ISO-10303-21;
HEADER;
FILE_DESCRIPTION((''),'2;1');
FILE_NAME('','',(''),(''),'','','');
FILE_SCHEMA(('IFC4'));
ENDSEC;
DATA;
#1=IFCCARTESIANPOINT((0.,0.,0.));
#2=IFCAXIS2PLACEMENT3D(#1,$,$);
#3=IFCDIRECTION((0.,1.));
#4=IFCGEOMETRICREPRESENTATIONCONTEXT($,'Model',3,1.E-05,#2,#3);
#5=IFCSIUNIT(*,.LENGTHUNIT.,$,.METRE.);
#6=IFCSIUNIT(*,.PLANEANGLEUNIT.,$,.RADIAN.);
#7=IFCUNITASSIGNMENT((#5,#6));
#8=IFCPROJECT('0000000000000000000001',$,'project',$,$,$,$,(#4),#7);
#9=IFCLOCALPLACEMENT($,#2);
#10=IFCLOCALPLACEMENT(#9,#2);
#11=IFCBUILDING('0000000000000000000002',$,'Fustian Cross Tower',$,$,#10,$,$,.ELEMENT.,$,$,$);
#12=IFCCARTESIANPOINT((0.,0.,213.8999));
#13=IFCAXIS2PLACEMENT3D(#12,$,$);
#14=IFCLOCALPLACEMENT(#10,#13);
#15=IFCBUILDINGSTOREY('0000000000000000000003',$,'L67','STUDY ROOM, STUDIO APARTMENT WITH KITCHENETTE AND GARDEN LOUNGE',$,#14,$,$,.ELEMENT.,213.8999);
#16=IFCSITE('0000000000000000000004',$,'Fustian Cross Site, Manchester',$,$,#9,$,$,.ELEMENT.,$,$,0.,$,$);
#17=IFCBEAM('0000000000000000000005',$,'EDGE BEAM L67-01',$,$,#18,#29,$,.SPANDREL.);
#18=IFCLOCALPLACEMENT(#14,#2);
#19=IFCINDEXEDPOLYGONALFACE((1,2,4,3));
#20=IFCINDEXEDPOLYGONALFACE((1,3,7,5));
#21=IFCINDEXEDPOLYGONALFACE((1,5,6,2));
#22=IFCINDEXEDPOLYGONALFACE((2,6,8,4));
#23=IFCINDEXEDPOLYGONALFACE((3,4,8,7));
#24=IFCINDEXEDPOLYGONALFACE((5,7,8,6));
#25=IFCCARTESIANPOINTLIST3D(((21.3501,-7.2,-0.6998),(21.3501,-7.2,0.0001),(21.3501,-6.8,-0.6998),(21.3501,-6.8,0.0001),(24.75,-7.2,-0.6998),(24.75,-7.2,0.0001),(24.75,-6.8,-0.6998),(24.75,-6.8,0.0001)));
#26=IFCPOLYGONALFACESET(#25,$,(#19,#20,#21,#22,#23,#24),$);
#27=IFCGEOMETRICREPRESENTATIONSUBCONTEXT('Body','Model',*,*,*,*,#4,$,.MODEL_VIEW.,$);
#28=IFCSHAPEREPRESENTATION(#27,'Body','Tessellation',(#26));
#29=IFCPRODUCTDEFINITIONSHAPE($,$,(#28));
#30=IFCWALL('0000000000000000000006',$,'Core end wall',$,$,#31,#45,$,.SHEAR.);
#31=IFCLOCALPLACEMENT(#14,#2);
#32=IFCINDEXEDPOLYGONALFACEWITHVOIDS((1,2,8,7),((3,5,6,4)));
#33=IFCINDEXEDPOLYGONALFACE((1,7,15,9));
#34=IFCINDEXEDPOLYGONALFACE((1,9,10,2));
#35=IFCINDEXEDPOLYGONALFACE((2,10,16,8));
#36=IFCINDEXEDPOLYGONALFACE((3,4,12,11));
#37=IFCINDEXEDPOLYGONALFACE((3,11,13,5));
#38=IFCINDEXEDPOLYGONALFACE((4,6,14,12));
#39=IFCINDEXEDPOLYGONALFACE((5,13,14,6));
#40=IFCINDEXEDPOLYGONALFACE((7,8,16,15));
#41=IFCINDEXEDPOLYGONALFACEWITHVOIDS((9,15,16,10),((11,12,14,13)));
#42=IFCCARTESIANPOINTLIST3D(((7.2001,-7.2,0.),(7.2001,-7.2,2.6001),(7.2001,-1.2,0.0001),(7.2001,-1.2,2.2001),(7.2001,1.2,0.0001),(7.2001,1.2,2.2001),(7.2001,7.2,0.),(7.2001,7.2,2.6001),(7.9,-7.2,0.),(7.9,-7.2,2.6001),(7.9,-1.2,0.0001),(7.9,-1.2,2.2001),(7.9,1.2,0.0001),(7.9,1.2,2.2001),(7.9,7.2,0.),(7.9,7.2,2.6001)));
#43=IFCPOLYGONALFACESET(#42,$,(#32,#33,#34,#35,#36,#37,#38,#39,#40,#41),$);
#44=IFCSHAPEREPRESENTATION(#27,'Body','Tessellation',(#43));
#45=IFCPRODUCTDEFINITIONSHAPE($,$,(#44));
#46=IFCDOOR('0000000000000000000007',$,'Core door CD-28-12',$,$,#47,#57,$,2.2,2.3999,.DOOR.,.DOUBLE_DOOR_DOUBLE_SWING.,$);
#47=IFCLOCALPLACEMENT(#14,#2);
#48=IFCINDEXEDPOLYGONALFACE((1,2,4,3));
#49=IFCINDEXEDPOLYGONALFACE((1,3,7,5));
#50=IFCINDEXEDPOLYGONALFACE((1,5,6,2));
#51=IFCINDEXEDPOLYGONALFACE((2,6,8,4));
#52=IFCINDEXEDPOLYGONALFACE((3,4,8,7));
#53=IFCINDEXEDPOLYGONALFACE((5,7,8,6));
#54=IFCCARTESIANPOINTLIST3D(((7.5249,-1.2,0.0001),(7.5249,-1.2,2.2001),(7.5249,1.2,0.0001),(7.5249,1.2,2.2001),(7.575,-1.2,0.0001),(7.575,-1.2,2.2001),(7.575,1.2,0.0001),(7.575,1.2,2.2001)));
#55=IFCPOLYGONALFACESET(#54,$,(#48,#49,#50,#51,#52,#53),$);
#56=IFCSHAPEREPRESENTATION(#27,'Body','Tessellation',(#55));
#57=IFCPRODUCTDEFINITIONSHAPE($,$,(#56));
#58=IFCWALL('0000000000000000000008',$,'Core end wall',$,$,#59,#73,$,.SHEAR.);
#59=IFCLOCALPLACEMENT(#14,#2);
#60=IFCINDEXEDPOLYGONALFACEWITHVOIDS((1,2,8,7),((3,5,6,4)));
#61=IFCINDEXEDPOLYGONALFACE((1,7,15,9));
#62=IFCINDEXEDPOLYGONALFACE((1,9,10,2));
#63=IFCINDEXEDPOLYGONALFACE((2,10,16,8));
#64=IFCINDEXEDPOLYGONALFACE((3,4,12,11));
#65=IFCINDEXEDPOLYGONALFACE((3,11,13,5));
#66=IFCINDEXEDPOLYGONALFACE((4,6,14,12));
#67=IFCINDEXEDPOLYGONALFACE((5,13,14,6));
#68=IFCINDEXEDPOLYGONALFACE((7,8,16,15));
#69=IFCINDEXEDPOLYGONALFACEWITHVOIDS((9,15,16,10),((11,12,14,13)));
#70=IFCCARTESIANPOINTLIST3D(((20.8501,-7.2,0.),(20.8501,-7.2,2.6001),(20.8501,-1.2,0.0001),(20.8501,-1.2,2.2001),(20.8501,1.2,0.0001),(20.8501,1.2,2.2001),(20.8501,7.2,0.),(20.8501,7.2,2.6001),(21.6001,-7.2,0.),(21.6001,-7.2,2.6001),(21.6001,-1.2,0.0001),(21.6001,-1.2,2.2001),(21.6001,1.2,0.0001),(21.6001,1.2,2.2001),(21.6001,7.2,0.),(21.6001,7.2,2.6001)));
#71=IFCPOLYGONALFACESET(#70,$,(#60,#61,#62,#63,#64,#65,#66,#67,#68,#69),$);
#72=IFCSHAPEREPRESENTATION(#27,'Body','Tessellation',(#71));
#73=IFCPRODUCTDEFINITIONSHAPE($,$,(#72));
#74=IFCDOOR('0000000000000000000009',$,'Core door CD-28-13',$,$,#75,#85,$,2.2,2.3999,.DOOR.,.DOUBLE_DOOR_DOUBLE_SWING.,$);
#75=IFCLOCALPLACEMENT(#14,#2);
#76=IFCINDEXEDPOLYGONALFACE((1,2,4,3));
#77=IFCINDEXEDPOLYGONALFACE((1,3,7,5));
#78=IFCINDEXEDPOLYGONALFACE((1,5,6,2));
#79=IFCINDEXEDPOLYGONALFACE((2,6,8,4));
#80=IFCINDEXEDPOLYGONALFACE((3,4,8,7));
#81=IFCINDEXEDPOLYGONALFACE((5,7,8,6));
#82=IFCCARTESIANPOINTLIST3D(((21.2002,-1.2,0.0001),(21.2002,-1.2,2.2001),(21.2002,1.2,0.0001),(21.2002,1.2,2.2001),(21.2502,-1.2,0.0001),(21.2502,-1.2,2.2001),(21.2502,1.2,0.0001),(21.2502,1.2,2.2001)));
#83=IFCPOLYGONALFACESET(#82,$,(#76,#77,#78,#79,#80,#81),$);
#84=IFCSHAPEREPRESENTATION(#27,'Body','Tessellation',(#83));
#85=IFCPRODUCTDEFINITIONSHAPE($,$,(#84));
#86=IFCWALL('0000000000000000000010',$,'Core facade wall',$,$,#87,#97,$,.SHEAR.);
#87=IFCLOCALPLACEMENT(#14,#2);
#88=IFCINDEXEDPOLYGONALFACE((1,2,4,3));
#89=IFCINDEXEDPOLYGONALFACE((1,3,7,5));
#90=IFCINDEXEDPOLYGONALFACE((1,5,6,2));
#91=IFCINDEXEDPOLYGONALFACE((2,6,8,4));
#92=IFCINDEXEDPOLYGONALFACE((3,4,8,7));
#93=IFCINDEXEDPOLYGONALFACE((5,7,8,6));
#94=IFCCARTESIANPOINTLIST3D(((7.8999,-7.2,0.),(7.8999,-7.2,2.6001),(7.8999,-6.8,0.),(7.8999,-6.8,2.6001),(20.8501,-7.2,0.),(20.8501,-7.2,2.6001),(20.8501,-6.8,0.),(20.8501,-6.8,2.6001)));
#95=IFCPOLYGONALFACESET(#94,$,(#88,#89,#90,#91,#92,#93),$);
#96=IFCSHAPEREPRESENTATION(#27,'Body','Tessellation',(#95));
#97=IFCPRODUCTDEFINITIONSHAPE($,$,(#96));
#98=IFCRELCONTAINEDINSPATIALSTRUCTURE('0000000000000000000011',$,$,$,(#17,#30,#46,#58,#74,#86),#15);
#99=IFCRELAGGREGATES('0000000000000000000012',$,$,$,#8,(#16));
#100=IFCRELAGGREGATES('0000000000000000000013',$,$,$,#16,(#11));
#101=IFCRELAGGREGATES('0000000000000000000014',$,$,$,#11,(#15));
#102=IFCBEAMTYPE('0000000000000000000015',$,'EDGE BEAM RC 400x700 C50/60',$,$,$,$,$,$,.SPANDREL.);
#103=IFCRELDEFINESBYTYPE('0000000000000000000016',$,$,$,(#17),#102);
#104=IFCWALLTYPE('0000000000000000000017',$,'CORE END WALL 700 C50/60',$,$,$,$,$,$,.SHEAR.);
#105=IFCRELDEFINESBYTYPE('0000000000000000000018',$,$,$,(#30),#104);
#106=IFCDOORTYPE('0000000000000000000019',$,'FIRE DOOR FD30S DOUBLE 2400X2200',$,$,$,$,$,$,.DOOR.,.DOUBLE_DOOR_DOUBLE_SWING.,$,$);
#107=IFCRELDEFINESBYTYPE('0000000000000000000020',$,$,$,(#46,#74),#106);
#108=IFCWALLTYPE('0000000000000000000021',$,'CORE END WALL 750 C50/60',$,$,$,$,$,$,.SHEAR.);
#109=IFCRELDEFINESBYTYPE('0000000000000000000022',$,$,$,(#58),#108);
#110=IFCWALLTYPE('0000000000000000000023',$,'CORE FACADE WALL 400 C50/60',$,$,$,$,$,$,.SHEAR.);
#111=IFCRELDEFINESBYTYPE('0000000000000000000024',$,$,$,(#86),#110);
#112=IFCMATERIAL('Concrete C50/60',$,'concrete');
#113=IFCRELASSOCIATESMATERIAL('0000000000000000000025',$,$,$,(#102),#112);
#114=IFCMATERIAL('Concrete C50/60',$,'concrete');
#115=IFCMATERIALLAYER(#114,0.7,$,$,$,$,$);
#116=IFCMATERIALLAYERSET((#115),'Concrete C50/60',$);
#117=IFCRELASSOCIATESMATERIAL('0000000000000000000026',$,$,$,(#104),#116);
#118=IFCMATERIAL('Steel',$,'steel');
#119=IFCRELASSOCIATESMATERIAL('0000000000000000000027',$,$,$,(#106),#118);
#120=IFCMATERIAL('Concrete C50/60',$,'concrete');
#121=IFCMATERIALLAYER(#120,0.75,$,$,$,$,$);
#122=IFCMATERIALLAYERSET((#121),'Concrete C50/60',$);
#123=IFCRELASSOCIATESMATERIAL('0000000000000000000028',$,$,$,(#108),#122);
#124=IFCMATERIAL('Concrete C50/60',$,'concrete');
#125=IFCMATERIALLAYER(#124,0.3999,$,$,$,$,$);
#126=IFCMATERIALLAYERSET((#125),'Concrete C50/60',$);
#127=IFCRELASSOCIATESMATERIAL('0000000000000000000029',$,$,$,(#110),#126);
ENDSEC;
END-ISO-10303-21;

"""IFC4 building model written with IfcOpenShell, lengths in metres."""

from ifc_helpers import new_model, si_unit, direction, frame, frame_2d, origin, origin_2d, place, context, subcontext, project, spatial, rectangle, extrude, material, layer, layer_set, material_profile, profile_set, type_object, element, fill, save


model = new_model("IFC4")

# Units and contexts
model_context = context("Model", 3, precision=1e-05, world=origin(), true_north=direction((0.0, 1.0)))
body_context = subcontext(model_context, "Body", "Model", "MODEL_VIEW")
ifc_project = project(units=[si_unit("LENGTHUNIT", "METRE"), si_unit("PLANEANGLEUNIT", "RADIAN")], contexts=[model_context])

# Site, building, storey
site_placement = place(None, origin())
site = spatial("IfcSite", under=ifc_project, at=site_placement, Name="Fustian Cross Site, Manchester", CompositionType="ELEMENT", RefElevation=0.0)
building_placement = place(site_placement, origin())
building = spatial("IfcBuilding", under=site, at=building_placement, Name="Fustian Cross Tower", CompositionType="ELEMENT")
storey_placement = place(building_placement, frame((0.0, 0.0, 213.8999)))
storey = spatial("IfcBuildingStorey", under=building, at=storey_placement, Name="L67", Description="STUDY ROOM, STUDIO APARTMENT WITH KITCHENETTE AND GARDEN LOUNGE", CompositionType="ELEMENT", Elevation=213.8999)

# Beam
ifc_material_1 = material(Name="Concrete C50/60", Category="concrete")
ifc_material_profile = material_profile(ifc_material_1, rectangle(XDim=0.3999, YDim=0.7, at=origin_2d()), Name="RC 400x700")
ifc_profile_set = profile_set([ifc_material_profile], Name="Concrete C50/60")
beam_type = type_object("IfcBeamType", Name="EDGE BEAM RC 400x700 C50/60", PredefinedType="SPANDREL", material=ifc_profile_set)
beam_placement = place(storey_placement, frame((21.3501, -7.0, -0.3499), z_axis=(1.0, 0.0, 0.0), x_axis=(0.0, 1.0, 0.0)))
element("IfcBeam", 1, at=beam_placement, inside=storey, type_object=beam_type, Name="EDGE BEAM L67-01", PredefinedType="SPANDREL", context=body_context, shape_type="SweptSolid", body=[
    extrude(rectangle(XDim=0.3999, YDim=0.7, at=origin_2d()), origin(), (0.0, 0.0, 1.0), 3.3999),
])

# Walls, openings, doors
ifc_material_2 = material(Name="Concrete C50/60", Category="concrete")
ifc_layer_1 = layer(ifc_material_2, 0.7)
ifc_layer_set_1 = layer_set([ifc_layer_1], Name="Concrete C50/60")
wall_type_1 = type_object("IfcWallType", Name="CORE END WALL 700 C50/60", PredefinedType="SHEAR", material=ifc_layer_set_1)
wall_1_placement = place(storey_placement, frame((7.55, -7.2, 0.0), z_axis=(0.0, 0.0, 1.0), x_axis=(0.0, 1.0, 0.0)))
wall_1 = element("IfcWall", 2, at=wall_1_placement, inside=storey, type_object=wall_type_1, Name="Core end wall", PredefinedType="SHEAR", context=body_context, shape_type="SweptSolid", body=[
    extrude(rectangle(XDim=14.3999, YDim=0.7, at=frame_2d((7.2, 0.0))), origin(), (0.0, 0.0, 1.0), 2.6001),
])
opening_1_placement = place(wall_1_placement, frame((6.0, 0.0, 0.0)))
opening_1 = element("IfcOpeningElement", 3, at=opening_1_placement, cuts=wall_1, PredefinedType="OPENING", context=body_context, shape_type="SweptSolid", body=[
    extrude(rectangle(XDim=2.3999, YDim=2.2, at=frame_2d((1.2, 1.1001))), frame((0.0, 0.3599, 0.0), z_axis=(0.0, -1.0, 0.0), x_axis=(1.0, 0.0, 0.0)), (0.0, 0.0, 1.0), 0.72),
])
ifc_material_3 = material(Name="Steel", Category="steel")
door_type_1 = type_object("IfcDoorType", Name="FIRE DOOR FD30S DOUBLE 2400X2200", OperationType="DOUBLE_DOOR_DOUBLE_SWING", PredefinedType="DOOR", material=ifc_material_3)
door_1_placement = place(opening_1_placement, frame((2.3999, 0.0, 0.0), z_axis=(0.0, 0.0, 1.0), x_axis=(-1.0, 0.0, 0.0)))
door_1 = element("IfcDoor", 4, at=door_1_placement, inside=storey, type_object=door_type_1, Name="Core door CD-28-12", OperationType="DOUBLE_DOOR_DOUBLE_SWING", OverallHeight=2.2, OverallWidth=2.3999, PredefinedType="DOOR", context=body_context, shape_type="SweptSolid", body=[
    extrude(rectangle(XDim=2.3999, YDim=2.2, at=frame_2d((1.2, 1.1001))), frame((0.0, 0.0249, 0.0), z_axis=(0.0, -1.0, 0.0), x_axis=(1.0, 0.0, 0.0)), (0.0, 0.0, 1.0), 0.05),
])
fill(opening_1, door_1)
ifc_material_4 = material(Name="Concrete C50/60", Category="concrete")
ifc_layer_2 = layer(ifc_material_4, 0.75)
ifc_layer_set_2 = layer_set([ifc_layer_2], Name="Concrete C50/60")
wall_type_2 = type_object("IfcWallType", Name="CORE END WALL 750 C50/60", PredefinedType="SHEAR", material=ifc_layer_set_2)
wall_2_placement = place(storey_placement, frame((21.2251, -7.2, 0.0), z_axis=(0.0, 0.0, 1.0), x_axis=(0.0, 1.0, 0.0)))
wall_2 = element("IfcWall", 5, at=wall_2_placement, inside=storey, type_object=wall_type_2, Name="Core end wall", PredefinedType="SHEAR", context=body_context, shape_type="SweptSolid", body=[
    extrude(rectangle(XDim=14.3999, YDim=0.75, at=frame_2d((7.2, 0.0))), origin(), (0.0, 0.0, 1.0), 2.6001),
])
opening_2_placement = place(wall_2_placement, frame((6.0, 0.0, 0.0)))
opening_2 = element("IfcOpeningElement", 6, at=opening_2_placement, cuts=wall_2, PredefinedType="OPENING", context=body_context, shape_type="SweptSolid", body=[
    extrude(rectangle(XDim=2.3999, YDim=2.2, at=frame_2d((1.2, 1.1001))), frame((0.0, 0.385, 0.0), z_axis=(0.0, -1.0, 0.0), x_axis=(1.0, 0.0, 0.0)), (0.0, 0.0, 1.0), 0.77),
])
door_2_placement = place(opening_2_placement, origin())
door_2 = element("IfcDoor", 7, at=door_2_placement, inside=storey, type_object=door_type_1, Name="Core door CD-28-13", OperationType="DOUBLE_DOOR_DOUBLE_SWING", OverallHeight=2.2, OverallWidth=2.3999, PredefinedType="DOOR", context=body_context, shape_type="SweptSolid", body=[
    extrude(rectangle(XDim=2.3999, YDim=2.2, at=frame_2d((1.2, 1.1001))), frame((0.0, 0.0249, 0.0), z_axis=(0.0, -1.0, 0.0), x_axis=(1.0, 0.0, 0.0)), (0.0, 0.0, 1.0), 0.05),
])
fill(opening_2, door_2)

# Wall
ifc_material_5 = material(Name="Concrete C50/60", Category="concrete")
ifc_layer_3 = layer(ifc_material_5, 0.3999)
ifc_layer_set_3 = layer_set([ifc_layer_3], Name="Concrete C50/60")
wall_type_3 = type_object("IfcWallType", Name="CORE FACADE WALL 400 C50/60", PredefinedType="SHEAR", material=ifc_layer_set_3)
wall_3_placement = place(storey_placement, frame((7.8999, -7.0, 0.0), z_axis=(0.0, 0.0, 1.0), x_axis=(1.0, 0.0, 0.0)))
element("IfcWall", 8, at=wall_3_placement, inside=storey, type_object=wall_type_3, Name="Core facade wall", PredefinedType="SHEAR", context=body_context, shape_type="SweptSolid", body=[
    extrude(rectangle(XDim=12.9502, YDim=0.3999, at=frame_2d((6.4751, 0.0))), origin(), (0.0, 0.0, 1.0), 2.6001),
])

save(model, "model.ifc")
